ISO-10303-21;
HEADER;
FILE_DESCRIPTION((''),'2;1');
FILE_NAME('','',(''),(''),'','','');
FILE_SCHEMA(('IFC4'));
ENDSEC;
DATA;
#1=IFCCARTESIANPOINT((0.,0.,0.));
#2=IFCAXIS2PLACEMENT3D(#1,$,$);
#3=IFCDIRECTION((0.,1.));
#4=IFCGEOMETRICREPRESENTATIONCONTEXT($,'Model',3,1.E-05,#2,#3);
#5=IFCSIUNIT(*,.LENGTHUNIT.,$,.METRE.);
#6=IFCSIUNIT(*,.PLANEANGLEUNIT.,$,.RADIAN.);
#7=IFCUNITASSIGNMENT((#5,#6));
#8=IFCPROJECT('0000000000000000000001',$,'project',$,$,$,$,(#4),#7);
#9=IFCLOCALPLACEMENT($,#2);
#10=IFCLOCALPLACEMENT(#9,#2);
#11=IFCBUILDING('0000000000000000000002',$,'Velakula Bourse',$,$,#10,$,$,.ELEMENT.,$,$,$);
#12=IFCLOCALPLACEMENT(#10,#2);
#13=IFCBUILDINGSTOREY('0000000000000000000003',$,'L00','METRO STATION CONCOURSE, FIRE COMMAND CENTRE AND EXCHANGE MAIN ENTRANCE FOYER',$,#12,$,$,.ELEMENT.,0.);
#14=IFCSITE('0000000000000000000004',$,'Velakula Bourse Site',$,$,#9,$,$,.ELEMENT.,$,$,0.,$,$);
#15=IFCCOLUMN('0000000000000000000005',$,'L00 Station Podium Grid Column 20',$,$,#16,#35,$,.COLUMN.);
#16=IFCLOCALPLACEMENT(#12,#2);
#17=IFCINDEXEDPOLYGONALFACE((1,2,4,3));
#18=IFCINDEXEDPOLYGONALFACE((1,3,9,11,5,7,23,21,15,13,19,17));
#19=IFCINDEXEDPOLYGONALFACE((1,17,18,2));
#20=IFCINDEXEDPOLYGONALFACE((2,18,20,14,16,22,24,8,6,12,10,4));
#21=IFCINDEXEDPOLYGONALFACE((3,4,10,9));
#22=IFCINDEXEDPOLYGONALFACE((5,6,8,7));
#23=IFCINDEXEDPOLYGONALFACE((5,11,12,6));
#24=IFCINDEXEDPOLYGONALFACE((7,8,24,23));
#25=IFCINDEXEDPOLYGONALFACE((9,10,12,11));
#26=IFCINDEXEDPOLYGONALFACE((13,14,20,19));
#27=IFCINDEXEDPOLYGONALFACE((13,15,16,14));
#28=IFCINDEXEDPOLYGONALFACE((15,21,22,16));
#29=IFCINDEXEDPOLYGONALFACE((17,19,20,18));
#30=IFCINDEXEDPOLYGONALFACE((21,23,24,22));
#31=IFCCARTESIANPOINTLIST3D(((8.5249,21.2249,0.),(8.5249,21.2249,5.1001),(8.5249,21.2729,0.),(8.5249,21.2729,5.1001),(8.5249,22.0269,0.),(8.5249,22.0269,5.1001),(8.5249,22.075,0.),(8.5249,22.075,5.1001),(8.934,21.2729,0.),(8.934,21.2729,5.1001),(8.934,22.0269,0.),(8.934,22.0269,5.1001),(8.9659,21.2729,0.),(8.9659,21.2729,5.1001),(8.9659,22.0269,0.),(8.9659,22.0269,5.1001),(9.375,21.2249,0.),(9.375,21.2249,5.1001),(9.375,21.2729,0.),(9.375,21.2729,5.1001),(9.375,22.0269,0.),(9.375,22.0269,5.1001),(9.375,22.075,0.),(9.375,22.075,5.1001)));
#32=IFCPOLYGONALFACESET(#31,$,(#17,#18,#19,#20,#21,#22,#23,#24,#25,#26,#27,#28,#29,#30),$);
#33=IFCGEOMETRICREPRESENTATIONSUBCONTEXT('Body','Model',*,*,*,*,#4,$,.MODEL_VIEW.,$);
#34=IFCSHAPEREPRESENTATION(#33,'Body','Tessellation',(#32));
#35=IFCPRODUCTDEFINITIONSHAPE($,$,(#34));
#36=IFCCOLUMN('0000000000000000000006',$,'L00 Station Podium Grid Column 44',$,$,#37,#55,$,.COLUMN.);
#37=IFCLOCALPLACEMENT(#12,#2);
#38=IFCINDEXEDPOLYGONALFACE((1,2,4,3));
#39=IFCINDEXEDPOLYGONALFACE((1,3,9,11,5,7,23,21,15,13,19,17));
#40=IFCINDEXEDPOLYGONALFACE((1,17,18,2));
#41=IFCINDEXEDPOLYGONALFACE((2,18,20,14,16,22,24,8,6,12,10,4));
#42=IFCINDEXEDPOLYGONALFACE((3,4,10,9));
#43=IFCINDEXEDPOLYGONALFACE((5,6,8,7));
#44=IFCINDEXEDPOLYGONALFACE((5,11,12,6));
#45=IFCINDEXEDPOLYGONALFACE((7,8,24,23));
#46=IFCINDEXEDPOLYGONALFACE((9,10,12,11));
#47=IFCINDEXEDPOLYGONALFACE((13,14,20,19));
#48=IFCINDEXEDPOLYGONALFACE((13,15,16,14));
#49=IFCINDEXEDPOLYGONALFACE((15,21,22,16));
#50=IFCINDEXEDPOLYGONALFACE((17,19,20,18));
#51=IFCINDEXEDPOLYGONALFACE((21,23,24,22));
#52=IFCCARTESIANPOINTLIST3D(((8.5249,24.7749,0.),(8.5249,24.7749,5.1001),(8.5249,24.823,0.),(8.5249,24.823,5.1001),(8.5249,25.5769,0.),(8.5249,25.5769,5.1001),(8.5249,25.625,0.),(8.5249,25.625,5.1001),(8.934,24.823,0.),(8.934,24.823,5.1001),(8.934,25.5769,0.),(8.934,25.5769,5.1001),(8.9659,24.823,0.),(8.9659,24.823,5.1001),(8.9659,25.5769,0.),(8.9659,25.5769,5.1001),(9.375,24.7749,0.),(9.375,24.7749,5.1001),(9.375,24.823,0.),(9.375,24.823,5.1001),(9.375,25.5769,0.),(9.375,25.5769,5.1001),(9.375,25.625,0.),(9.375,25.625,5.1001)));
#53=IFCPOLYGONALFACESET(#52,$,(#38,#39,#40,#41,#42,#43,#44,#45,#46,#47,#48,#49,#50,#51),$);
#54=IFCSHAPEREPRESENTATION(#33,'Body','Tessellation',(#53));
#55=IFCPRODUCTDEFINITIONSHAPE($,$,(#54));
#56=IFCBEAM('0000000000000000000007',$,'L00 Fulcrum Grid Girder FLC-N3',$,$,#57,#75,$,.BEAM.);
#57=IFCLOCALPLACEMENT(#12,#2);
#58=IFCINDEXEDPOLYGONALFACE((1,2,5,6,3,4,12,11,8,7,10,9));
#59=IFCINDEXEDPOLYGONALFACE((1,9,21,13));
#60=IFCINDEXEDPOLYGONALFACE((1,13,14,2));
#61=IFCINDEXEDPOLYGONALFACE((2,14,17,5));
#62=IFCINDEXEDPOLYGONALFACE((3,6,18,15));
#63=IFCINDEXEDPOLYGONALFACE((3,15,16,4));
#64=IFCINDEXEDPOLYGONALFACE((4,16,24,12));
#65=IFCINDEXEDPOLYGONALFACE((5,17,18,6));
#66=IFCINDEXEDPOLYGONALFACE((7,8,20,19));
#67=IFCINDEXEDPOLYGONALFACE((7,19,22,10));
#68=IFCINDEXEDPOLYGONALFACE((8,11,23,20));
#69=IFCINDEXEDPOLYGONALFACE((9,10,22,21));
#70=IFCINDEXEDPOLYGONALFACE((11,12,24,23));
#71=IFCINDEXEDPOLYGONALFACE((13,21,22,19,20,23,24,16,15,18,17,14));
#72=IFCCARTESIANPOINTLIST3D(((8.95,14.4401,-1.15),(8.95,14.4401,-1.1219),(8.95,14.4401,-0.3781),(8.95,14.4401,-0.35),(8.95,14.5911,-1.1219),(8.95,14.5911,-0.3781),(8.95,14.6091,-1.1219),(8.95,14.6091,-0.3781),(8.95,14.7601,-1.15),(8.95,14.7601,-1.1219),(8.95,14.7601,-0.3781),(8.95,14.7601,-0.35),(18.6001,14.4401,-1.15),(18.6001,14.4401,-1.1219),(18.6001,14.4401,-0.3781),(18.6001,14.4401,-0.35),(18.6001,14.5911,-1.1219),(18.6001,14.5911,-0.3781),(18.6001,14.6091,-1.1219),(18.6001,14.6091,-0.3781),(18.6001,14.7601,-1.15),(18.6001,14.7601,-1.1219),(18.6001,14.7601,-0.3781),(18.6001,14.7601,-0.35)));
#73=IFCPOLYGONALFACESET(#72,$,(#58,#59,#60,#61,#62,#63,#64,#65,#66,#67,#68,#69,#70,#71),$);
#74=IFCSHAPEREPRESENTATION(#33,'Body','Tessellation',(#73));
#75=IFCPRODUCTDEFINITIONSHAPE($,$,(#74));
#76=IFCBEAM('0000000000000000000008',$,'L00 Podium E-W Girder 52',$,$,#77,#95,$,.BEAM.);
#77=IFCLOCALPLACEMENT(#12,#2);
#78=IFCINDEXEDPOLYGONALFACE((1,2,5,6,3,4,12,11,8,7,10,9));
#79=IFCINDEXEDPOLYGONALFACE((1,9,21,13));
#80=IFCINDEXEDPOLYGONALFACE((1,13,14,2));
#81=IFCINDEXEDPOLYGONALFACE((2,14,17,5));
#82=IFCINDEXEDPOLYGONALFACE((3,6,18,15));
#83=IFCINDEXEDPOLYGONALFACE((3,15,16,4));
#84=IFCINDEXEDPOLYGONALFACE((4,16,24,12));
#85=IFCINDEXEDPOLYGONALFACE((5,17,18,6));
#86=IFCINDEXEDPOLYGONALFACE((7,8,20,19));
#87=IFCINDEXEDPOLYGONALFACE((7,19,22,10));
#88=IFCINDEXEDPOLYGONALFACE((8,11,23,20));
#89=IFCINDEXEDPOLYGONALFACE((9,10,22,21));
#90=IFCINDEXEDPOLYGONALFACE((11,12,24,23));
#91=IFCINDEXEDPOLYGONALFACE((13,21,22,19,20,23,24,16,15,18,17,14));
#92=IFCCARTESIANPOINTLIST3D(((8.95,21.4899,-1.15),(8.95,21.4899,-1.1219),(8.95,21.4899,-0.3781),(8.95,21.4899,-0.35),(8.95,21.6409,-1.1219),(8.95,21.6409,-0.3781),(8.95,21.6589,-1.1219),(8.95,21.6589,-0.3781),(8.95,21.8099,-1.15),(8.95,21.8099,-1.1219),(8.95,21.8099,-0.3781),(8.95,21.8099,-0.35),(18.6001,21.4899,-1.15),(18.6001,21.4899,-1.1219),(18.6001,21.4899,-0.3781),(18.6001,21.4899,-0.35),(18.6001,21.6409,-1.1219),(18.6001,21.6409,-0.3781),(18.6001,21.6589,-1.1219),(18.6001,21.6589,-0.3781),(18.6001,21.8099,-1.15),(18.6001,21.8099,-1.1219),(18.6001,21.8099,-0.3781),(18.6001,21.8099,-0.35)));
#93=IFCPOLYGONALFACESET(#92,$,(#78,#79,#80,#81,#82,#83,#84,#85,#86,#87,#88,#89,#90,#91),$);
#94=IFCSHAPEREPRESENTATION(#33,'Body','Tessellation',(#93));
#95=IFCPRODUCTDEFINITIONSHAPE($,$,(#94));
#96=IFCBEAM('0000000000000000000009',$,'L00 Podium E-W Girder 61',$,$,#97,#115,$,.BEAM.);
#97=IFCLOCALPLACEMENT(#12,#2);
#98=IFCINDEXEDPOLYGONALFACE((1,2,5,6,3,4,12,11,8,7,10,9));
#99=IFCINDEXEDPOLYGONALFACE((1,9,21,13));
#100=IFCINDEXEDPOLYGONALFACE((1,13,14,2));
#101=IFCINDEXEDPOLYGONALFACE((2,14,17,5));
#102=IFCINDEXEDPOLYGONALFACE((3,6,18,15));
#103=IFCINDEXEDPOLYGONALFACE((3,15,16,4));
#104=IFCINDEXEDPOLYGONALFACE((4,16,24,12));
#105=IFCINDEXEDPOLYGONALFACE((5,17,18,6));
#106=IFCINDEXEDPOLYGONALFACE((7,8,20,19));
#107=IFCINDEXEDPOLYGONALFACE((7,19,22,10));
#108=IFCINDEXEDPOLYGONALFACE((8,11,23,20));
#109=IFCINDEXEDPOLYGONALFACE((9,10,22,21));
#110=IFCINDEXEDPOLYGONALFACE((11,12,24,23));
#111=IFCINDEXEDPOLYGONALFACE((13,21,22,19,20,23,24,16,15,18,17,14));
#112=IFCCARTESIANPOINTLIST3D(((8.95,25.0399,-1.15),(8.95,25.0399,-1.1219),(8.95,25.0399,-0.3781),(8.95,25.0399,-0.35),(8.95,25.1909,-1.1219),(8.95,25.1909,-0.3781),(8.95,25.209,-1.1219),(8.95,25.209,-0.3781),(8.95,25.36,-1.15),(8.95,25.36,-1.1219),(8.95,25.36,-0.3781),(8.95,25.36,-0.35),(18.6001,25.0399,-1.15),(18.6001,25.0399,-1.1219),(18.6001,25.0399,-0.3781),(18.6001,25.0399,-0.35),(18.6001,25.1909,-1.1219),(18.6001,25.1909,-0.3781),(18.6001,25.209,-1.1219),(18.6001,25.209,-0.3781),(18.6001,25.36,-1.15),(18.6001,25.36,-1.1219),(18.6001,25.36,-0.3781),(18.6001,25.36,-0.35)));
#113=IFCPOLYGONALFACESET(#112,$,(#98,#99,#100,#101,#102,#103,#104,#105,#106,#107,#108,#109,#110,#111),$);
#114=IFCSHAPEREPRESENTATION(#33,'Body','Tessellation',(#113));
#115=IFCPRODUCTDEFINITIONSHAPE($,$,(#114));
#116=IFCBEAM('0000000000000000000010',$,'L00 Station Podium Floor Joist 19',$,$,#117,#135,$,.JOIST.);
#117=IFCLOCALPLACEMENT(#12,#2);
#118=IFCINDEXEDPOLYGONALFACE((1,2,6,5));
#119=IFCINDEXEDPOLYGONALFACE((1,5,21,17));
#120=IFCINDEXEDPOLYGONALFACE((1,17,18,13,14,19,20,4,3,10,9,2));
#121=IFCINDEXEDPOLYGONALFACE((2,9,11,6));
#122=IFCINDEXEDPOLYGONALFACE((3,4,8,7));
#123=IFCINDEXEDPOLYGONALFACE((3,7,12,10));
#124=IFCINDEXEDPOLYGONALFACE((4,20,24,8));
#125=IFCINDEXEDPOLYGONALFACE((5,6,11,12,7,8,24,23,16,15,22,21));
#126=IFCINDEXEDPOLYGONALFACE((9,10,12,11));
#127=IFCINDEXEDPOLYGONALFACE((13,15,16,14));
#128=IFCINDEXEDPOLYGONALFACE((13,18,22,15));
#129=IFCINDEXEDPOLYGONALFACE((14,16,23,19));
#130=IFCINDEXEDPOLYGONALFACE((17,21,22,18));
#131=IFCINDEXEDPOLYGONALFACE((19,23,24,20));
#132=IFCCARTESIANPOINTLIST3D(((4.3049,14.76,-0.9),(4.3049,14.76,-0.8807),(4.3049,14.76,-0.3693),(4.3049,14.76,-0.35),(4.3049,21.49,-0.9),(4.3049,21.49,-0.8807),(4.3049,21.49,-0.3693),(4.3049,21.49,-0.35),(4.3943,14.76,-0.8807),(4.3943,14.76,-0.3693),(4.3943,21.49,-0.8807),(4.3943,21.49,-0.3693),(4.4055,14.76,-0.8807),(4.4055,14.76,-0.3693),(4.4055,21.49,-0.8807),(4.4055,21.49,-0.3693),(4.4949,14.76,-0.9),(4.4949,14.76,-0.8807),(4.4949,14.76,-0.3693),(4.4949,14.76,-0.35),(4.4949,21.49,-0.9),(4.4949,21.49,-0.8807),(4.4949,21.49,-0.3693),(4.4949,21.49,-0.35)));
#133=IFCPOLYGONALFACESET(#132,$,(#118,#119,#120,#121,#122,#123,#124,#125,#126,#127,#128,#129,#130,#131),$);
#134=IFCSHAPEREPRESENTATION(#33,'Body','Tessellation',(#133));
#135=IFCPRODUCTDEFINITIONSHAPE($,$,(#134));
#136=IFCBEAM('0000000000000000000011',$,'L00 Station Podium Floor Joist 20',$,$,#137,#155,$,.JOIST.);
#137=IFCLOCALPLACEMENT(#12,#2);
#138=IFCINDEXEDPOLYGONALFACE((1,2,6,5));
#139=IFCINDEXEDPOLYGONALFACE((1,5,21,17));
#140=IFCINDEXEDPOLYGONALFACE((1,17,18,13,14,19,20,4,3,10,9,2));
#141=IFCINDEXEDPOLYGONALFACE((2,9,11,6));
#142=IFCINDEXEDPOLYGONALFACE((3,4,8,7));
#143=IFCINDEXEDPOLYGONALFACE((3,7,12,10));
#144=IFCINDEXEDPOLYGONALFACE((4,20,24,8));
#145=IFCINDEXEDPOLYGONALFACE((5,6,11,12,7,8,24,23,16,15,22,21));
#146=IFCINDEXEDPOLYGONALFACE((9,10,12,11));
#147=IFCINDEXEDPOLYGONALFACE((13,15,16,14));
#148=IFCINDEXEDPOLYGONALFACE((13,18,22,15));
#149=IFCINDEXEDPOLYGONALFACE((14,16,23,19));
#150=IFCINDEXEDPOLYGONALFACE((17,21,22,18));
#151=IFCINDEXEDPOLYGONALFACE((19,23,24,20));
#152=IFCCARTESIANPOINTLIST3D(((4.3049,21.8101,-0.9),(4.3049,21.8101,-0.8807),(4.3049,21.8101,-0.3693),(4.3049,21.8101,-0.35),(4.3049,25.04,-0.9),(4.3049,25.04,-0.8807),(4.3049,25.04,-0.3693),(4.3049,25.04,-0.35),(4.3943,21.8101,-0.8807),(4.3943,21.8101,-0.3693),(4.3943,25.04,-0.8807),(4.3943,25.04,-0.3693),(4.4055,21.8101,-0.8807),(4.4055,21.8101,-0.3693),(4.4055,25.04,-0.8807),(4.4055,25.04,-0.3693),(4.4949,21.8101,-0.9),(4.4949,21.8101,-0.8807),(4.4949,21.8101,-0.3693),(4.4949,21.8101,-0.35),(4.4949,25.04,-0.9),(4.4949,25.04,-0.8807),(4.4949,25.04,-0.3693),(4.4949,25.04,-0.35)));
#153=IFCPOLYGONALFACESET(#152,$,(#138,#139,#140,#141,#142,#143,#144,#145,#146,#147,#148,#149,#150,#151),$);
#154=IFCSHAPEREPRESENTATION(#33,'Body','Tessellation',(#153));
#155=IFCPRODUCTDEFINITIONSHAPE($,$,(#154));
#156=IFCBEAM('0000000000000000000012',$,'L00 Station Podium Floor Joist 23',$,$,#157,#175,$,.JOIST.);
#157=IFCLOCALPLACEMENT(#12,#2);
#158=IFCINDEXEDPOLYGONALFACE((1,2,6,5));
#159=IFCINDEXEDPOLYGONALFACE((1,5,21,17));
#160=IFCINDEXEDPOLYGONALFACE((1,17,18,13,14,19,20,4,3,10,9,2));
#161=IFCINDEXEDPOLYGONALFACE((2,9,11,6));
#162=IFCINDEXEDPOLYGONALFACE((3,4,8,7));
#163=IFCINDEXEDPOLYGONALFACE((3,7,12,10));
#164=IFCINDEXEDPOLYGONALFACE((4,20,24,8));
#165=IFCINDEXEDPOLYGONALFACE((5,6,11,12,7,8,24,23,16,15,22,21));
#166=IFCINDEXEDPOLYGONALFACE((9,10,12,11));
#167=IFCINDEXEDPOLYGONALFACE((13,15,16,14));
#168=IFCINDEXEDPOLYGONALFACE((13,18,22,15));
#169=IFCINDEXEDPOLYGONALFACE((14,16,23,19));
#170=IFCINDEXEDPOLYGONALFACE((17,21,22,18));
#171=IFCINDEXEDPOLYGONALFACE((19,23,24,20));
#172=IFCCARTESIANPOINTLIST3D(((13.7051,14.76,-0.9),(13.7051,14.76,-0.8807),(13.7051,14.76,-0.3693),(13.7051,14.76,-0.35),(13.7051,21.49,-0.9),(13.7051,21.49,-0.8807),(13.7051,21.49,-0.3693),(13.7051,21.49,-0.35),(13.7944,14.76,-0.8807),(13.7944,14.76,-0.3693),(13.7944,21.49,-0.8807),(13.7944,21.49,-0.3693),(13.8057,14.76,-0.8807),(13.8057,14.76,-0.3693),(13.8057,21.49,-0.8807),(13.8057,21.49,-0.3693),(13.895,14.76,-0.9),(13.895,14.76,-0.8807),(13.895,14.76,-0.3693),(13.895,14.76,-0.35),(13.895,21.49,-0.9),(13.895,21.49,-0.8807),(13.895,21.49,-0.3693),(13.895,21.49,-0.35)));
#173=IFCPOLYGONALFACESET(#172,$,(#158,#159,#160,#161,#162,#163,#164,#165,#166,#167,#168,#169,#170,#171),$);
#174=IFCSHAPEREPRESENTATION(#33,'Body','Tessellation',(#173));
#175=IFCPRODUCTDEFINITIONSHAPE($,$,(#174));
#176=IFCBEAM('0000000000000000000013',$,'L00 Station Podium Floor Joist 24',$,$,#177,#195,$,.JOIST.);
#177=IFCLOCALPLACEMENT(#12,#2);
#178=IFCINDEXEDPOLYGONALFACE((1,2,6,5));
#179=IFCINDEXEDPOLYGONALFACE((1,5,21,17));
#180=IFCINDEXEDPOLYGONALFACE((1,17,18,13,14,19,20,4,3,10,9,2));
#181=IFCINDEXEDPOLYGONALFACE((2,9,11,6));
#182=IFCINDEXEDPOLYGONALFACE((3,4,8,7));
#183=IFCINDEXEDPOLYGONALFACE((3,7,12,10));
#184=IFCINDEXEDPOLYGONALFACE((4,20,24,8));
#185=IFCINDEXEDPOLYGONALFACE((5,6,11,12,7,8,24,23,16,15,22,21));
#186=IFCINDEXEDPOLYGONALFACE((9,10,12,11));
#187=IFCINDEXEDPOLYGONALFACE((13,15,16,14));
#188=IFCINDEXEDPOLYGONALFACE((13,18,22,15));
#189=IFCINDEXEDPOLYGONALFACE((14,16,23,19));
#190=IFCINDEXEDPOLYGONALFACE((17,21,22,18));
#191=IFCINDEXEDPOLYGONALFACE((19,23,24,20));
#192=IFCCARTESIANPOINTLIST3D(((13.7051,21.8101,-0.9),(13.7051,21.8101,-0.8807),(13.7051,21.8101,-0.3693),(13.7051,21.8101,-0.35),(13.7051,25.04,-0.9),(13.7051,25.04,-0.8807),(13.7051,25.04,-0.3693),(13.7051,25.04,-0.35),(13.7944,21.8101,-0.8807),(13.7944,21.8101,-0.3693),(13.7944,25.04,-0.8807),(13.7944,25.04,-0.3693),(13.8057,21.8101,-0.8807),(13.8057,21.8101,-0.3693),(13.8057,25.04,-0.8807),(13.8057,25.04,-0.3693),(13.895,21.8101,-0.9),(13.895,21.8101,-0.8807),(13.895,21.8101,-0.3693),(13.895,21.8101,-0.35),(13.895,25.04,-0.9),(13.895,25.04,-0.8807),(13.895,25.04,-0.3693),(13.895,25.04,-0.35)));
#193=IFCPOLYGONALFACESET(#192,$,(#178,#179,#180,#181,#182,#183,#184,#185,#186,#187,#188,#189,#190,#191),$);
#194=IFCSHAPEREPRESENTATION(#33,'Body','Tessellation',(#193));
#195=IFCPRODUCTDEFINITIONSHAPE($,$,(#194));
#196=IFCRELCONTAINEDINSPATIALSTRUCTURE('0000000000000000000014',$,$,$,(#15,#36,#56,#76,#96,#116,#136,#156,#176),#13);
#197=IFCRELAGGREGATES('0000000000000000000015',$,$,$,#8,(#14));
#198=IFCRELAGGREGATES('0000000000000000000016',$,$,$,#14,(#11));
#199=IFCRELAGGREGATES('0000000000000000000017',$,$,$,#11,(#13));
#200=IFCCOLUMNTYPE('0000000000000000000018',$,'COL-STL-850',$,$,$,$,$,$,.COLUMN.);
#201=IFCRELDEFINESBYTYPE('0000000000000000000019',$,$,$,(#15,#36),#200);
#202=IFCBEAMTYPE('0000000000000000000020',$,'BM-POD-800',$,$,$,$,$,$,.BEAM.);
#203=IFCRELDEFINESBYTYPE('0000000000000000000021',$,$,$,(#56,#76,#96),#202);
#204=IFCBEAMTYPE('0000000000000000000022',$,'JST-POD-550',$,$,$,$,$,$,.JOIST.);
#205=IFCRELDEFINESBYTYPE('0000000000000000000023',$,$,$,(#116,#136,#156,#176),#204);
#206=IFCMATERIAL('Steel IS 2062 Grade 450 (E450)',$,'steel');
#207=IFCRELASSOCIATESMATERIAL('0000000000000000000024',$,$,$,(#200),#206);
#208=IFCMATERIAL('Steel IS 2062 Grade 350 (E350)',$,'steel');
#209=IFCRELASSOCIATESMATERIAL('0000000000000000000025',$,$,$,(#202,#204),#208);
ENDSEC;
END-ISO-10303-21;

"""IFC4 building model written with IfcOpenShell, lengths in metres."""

from ifc_helpers import new_model, si_unit, direction, frame, origin, origin_2d, place, context, subcontext, project, spatial, i_section, extrude, material, material_profile, profile_set, type_object, element, save


model = new_model("IFC4")

# Units and contexts
model_context = context("Model", 3, precision=1e-05, world=origin(), true_north=direction((0.0, 1.0)))
body_context = subcontext(model_context, "Body", "Model", "MODEL_VIEW")
ifc_project = project(units=[si_unit("LENGTHUNIT", "METRE"), si_unit("PLANEANGLEUNIT", "RADIAN")], contexts=[model_context])

# Site, building, storey
site_placement = place(None, origin())
site = spatial("IfcSite", under=ifc_project, at=site_placement, Name="Velakula Bourse Site", CompositionType="ELEMENT", RefElevation=0.0)
building_placement = place(site_placement, origin())
building = spatial("IfcBuilding", under=site, at=building_placement, Name="Velakula Bourse", CompositionType="ELEMENT")
storey_placement = place(building_placement, origin())
storey = spatial("IfcBuildingStorey", under=building, at=storey_placement, Name="L00", Description="METRO STATION CONCOURSE, FIRE COMMAND CENTRE AND EXCHANGE MAIN ENTRANCE FOYER", CompositionType="ELEMENT", Elevation=0.0)

# Columns
ifc_material_1 = material(Name="Steel IS 2062 Grade 450 (E450)", Category="steel")
ifc_material_profile_1 = material_profile(ifc_material_1, i_section(OverallWidth=0.8501, OverallDepth=0.8501, WebThickness=0.032, FlangeThickness=0.0481, at=origin_2d()), Name="Steel IS 2062 Grade 450 (E450)")
ifc_profile_set_1 = profile_set([ifc_material_profile_1], Name="Steel IS 2062 Grade 450 (E450)")
column_type = type_object("IfcColumnType", Name="COL-STL-850", PredefinedType="COLUMN", material=ifc_profile_set_1)
for number, where, z_axis, x_axis, name in (
    (1, (8.95, 21.6499, 0.0), (0.0, 0.0, 1.0), (1.0, 0.0, 0.0), "L00 Station Podium Grid Column 20"),
    (2, (8.95, 25.2, 0.0), (0.0, 0.0, 1.0), (1.0, 0.0, 0.0), "L00 Station Podium Grid Column 44"),
):
    element("IfcColumn", number, at=place(storey_placement, frame(where, z_axis=z_axis, x_axis=x_axis)), inside=storey, type_object=column_type, Name=name, PredefinedType="COLUMN", context=body_context, shape_type="SweptSolid", body=[
        extrude(i_section(OverallWidth=0.8501, OverallDepth=0.8501, WebThickness=0.032, FlangeThickness=0.0481, at=origin_2d()), origin(), (0.0, 0.0, 1.0), 5.1001),
    ])

# Beams
ifc_material_2 = material(Name="Steel IS 2062 Grade 350 (E350)", Category="steel")
ifc_material_profile_2 = material_profile(ifc_material_2, i_section(OverallWidth=0.3201, OverallDepth=0.8, WebThickness=0.0181, FlangeThickness=0.0281, at=origin_2d()), Name="Steel IS 2062 Grade 350 (E350)")
ifc_profile_set_2 = profile_set([ifc_material_profile_2], Name="Steel IS 2062 Grade 350 (E350)")
beam_type_1 = type_object("IfcBeamType", Name="BM-POD-800", PredefinedType="BEAM", material=ifc_profile_set_2)
for number, where, z_axis, x_axis, name in (
    (3, (8.95, 14.6001, -0.75), (1.0, 0.0, 0.0), (0.0, 1.0, 0.0), "L00 Fulcrum Grid Girder FLC-N3"),
    (4, (8.95, 21.6499, -0.75), (1.0, 0.0, 0.0), (0.0, 1.0, 0.0), "L00 Podium E-W Girder 52"),
    (5, (8.95, 25.2, -0.75), (1.0, 0.0, 0.0), (0.0, 1.0, 0.0), "L00 Podium E-W Girder 61"),
):
    element("IfcBeam", number, at=place(storey_placement, frame(where, z_axis=z_axis, x_axis=x_axis)), inside=storey, type_object=beam_type_1, Name=name, PredefinedType="BEAM", context=body_context, shape_type="SweptSolid", body=[
        extrude(i_section(OverallWidth=0.3201, OverallDepth=0.8, WebThickness=0.0181, FlangeThickness=0.0281, at=origin_2d()), origin(), (0.0, 0.0, 1.0), 9.6501),
    ])
ifc_material_profile_3 = material_profile(ifc_material_2, i_section(OverallWidth=0.1899, OverallDepth=0.55, WebThickness=0.0112, FlangeThickness=0.0193, at=origin_2d()), Name="Steel IS 2062 Grade 350 (E350)")
ifc_profile_set_3 = profile_set([ifc_material_profile_3], Name="Steel IS 2062 Grade 350 (E350)")
beam_type_2 = type_object("IfcBeamType", Name="JST-POD-550", PredefinedType="JOIST", material=ifc_profile_set_3)
beam_1_placement = place(storey_placement, frame((4.3999, 14.76, -0.625), z_axis=(0.0, 1.0, 0.0), x_axis=(-1.0, 0.0, 0.0)))
element("IfcBeam", 6, at=beam_1_placement, inside=storey, type_object=beam_type_2, Name="L00 Station Podium Floor Joist 19", PredefinedType="JOIST", context=body_context, shape_type="SweptSolid", body=[
    extrude(i_section(OverallWidth=0.1899, OverallDepth=0.55, WebThickness=0.0112, FlangeThickness=0.0193, at=origin_2d()), origin(), (0.0, 0.0, 1.0), 6.73),
])
beam_2_placement = place(storey_placement, frame((4.3999, 21.8101, -0.625), z_axis=(0.0, 1.0, 0.0), x_axis=(-1.0, 0.0, 0.0)))
element("IfcBeam", 7, at=beam_2_placement, inside=storey, type_object=beam_type_2, Name="L00 Station Podium Floor Joist 20", PredefinedType="JOIST", context=body_context, shape_type="SweptSolid", body=[
    extrude(i_section(OverallWidth=0.1899, OverallDepth=0.55, WebThickness=0.0112, FlangeThickness=0.0193, at=origin_2d()), origin(), (0.0, 0.0, 1.0), 3.23),
])
beam_3_placement = place(storey_placement, frame((13.8, 14.76, -0.625), z_axis=(0.0, 1.0, 0.0), x_axis=(-1.0, 0.0, 0.0)))
element("IfcBeam", 8, at=beam_3_placement, inside=storey, type_object=beam_type_2, Name="L00 Station Podium Floor Joist 23", PredefinedType="JOIST", context=body_context, shape_type="SweptSolid", body=[
    extrude(i_section(OverallWidth=0.1899, OverallDepth=0.55, WebThickness=0.0112, FlangeThickness=0.0193, at=origin_2d()), origin(), (0.0, 0.0, 1.0), 6.73),
])
beam_4_placement = place(storey_placement, frame((13.8, 21.8101, -0.625), z_axis=(0.0, 1.0, 0.0), x_axis=(-1.0, 0.0, 0.0)))
element("IfcBeam", 9, at=beam_4_placement, inside=storey, type_object=beam_type_2, Name="L00 Station Podium Floor Joist 24", PredefinedType="JOIST", context=body_context, shape_type="SweptSolid", body=[
    extrude(i_section(OverallWidth=0.1899, OverallDepth=0.55, WebThickness=0.0112, FlangeThickness=0.0193, at=origin_2d()), origin(), (0.0, 0.0, 1.0), 3.23),
])

save(model, "model.ifc")
